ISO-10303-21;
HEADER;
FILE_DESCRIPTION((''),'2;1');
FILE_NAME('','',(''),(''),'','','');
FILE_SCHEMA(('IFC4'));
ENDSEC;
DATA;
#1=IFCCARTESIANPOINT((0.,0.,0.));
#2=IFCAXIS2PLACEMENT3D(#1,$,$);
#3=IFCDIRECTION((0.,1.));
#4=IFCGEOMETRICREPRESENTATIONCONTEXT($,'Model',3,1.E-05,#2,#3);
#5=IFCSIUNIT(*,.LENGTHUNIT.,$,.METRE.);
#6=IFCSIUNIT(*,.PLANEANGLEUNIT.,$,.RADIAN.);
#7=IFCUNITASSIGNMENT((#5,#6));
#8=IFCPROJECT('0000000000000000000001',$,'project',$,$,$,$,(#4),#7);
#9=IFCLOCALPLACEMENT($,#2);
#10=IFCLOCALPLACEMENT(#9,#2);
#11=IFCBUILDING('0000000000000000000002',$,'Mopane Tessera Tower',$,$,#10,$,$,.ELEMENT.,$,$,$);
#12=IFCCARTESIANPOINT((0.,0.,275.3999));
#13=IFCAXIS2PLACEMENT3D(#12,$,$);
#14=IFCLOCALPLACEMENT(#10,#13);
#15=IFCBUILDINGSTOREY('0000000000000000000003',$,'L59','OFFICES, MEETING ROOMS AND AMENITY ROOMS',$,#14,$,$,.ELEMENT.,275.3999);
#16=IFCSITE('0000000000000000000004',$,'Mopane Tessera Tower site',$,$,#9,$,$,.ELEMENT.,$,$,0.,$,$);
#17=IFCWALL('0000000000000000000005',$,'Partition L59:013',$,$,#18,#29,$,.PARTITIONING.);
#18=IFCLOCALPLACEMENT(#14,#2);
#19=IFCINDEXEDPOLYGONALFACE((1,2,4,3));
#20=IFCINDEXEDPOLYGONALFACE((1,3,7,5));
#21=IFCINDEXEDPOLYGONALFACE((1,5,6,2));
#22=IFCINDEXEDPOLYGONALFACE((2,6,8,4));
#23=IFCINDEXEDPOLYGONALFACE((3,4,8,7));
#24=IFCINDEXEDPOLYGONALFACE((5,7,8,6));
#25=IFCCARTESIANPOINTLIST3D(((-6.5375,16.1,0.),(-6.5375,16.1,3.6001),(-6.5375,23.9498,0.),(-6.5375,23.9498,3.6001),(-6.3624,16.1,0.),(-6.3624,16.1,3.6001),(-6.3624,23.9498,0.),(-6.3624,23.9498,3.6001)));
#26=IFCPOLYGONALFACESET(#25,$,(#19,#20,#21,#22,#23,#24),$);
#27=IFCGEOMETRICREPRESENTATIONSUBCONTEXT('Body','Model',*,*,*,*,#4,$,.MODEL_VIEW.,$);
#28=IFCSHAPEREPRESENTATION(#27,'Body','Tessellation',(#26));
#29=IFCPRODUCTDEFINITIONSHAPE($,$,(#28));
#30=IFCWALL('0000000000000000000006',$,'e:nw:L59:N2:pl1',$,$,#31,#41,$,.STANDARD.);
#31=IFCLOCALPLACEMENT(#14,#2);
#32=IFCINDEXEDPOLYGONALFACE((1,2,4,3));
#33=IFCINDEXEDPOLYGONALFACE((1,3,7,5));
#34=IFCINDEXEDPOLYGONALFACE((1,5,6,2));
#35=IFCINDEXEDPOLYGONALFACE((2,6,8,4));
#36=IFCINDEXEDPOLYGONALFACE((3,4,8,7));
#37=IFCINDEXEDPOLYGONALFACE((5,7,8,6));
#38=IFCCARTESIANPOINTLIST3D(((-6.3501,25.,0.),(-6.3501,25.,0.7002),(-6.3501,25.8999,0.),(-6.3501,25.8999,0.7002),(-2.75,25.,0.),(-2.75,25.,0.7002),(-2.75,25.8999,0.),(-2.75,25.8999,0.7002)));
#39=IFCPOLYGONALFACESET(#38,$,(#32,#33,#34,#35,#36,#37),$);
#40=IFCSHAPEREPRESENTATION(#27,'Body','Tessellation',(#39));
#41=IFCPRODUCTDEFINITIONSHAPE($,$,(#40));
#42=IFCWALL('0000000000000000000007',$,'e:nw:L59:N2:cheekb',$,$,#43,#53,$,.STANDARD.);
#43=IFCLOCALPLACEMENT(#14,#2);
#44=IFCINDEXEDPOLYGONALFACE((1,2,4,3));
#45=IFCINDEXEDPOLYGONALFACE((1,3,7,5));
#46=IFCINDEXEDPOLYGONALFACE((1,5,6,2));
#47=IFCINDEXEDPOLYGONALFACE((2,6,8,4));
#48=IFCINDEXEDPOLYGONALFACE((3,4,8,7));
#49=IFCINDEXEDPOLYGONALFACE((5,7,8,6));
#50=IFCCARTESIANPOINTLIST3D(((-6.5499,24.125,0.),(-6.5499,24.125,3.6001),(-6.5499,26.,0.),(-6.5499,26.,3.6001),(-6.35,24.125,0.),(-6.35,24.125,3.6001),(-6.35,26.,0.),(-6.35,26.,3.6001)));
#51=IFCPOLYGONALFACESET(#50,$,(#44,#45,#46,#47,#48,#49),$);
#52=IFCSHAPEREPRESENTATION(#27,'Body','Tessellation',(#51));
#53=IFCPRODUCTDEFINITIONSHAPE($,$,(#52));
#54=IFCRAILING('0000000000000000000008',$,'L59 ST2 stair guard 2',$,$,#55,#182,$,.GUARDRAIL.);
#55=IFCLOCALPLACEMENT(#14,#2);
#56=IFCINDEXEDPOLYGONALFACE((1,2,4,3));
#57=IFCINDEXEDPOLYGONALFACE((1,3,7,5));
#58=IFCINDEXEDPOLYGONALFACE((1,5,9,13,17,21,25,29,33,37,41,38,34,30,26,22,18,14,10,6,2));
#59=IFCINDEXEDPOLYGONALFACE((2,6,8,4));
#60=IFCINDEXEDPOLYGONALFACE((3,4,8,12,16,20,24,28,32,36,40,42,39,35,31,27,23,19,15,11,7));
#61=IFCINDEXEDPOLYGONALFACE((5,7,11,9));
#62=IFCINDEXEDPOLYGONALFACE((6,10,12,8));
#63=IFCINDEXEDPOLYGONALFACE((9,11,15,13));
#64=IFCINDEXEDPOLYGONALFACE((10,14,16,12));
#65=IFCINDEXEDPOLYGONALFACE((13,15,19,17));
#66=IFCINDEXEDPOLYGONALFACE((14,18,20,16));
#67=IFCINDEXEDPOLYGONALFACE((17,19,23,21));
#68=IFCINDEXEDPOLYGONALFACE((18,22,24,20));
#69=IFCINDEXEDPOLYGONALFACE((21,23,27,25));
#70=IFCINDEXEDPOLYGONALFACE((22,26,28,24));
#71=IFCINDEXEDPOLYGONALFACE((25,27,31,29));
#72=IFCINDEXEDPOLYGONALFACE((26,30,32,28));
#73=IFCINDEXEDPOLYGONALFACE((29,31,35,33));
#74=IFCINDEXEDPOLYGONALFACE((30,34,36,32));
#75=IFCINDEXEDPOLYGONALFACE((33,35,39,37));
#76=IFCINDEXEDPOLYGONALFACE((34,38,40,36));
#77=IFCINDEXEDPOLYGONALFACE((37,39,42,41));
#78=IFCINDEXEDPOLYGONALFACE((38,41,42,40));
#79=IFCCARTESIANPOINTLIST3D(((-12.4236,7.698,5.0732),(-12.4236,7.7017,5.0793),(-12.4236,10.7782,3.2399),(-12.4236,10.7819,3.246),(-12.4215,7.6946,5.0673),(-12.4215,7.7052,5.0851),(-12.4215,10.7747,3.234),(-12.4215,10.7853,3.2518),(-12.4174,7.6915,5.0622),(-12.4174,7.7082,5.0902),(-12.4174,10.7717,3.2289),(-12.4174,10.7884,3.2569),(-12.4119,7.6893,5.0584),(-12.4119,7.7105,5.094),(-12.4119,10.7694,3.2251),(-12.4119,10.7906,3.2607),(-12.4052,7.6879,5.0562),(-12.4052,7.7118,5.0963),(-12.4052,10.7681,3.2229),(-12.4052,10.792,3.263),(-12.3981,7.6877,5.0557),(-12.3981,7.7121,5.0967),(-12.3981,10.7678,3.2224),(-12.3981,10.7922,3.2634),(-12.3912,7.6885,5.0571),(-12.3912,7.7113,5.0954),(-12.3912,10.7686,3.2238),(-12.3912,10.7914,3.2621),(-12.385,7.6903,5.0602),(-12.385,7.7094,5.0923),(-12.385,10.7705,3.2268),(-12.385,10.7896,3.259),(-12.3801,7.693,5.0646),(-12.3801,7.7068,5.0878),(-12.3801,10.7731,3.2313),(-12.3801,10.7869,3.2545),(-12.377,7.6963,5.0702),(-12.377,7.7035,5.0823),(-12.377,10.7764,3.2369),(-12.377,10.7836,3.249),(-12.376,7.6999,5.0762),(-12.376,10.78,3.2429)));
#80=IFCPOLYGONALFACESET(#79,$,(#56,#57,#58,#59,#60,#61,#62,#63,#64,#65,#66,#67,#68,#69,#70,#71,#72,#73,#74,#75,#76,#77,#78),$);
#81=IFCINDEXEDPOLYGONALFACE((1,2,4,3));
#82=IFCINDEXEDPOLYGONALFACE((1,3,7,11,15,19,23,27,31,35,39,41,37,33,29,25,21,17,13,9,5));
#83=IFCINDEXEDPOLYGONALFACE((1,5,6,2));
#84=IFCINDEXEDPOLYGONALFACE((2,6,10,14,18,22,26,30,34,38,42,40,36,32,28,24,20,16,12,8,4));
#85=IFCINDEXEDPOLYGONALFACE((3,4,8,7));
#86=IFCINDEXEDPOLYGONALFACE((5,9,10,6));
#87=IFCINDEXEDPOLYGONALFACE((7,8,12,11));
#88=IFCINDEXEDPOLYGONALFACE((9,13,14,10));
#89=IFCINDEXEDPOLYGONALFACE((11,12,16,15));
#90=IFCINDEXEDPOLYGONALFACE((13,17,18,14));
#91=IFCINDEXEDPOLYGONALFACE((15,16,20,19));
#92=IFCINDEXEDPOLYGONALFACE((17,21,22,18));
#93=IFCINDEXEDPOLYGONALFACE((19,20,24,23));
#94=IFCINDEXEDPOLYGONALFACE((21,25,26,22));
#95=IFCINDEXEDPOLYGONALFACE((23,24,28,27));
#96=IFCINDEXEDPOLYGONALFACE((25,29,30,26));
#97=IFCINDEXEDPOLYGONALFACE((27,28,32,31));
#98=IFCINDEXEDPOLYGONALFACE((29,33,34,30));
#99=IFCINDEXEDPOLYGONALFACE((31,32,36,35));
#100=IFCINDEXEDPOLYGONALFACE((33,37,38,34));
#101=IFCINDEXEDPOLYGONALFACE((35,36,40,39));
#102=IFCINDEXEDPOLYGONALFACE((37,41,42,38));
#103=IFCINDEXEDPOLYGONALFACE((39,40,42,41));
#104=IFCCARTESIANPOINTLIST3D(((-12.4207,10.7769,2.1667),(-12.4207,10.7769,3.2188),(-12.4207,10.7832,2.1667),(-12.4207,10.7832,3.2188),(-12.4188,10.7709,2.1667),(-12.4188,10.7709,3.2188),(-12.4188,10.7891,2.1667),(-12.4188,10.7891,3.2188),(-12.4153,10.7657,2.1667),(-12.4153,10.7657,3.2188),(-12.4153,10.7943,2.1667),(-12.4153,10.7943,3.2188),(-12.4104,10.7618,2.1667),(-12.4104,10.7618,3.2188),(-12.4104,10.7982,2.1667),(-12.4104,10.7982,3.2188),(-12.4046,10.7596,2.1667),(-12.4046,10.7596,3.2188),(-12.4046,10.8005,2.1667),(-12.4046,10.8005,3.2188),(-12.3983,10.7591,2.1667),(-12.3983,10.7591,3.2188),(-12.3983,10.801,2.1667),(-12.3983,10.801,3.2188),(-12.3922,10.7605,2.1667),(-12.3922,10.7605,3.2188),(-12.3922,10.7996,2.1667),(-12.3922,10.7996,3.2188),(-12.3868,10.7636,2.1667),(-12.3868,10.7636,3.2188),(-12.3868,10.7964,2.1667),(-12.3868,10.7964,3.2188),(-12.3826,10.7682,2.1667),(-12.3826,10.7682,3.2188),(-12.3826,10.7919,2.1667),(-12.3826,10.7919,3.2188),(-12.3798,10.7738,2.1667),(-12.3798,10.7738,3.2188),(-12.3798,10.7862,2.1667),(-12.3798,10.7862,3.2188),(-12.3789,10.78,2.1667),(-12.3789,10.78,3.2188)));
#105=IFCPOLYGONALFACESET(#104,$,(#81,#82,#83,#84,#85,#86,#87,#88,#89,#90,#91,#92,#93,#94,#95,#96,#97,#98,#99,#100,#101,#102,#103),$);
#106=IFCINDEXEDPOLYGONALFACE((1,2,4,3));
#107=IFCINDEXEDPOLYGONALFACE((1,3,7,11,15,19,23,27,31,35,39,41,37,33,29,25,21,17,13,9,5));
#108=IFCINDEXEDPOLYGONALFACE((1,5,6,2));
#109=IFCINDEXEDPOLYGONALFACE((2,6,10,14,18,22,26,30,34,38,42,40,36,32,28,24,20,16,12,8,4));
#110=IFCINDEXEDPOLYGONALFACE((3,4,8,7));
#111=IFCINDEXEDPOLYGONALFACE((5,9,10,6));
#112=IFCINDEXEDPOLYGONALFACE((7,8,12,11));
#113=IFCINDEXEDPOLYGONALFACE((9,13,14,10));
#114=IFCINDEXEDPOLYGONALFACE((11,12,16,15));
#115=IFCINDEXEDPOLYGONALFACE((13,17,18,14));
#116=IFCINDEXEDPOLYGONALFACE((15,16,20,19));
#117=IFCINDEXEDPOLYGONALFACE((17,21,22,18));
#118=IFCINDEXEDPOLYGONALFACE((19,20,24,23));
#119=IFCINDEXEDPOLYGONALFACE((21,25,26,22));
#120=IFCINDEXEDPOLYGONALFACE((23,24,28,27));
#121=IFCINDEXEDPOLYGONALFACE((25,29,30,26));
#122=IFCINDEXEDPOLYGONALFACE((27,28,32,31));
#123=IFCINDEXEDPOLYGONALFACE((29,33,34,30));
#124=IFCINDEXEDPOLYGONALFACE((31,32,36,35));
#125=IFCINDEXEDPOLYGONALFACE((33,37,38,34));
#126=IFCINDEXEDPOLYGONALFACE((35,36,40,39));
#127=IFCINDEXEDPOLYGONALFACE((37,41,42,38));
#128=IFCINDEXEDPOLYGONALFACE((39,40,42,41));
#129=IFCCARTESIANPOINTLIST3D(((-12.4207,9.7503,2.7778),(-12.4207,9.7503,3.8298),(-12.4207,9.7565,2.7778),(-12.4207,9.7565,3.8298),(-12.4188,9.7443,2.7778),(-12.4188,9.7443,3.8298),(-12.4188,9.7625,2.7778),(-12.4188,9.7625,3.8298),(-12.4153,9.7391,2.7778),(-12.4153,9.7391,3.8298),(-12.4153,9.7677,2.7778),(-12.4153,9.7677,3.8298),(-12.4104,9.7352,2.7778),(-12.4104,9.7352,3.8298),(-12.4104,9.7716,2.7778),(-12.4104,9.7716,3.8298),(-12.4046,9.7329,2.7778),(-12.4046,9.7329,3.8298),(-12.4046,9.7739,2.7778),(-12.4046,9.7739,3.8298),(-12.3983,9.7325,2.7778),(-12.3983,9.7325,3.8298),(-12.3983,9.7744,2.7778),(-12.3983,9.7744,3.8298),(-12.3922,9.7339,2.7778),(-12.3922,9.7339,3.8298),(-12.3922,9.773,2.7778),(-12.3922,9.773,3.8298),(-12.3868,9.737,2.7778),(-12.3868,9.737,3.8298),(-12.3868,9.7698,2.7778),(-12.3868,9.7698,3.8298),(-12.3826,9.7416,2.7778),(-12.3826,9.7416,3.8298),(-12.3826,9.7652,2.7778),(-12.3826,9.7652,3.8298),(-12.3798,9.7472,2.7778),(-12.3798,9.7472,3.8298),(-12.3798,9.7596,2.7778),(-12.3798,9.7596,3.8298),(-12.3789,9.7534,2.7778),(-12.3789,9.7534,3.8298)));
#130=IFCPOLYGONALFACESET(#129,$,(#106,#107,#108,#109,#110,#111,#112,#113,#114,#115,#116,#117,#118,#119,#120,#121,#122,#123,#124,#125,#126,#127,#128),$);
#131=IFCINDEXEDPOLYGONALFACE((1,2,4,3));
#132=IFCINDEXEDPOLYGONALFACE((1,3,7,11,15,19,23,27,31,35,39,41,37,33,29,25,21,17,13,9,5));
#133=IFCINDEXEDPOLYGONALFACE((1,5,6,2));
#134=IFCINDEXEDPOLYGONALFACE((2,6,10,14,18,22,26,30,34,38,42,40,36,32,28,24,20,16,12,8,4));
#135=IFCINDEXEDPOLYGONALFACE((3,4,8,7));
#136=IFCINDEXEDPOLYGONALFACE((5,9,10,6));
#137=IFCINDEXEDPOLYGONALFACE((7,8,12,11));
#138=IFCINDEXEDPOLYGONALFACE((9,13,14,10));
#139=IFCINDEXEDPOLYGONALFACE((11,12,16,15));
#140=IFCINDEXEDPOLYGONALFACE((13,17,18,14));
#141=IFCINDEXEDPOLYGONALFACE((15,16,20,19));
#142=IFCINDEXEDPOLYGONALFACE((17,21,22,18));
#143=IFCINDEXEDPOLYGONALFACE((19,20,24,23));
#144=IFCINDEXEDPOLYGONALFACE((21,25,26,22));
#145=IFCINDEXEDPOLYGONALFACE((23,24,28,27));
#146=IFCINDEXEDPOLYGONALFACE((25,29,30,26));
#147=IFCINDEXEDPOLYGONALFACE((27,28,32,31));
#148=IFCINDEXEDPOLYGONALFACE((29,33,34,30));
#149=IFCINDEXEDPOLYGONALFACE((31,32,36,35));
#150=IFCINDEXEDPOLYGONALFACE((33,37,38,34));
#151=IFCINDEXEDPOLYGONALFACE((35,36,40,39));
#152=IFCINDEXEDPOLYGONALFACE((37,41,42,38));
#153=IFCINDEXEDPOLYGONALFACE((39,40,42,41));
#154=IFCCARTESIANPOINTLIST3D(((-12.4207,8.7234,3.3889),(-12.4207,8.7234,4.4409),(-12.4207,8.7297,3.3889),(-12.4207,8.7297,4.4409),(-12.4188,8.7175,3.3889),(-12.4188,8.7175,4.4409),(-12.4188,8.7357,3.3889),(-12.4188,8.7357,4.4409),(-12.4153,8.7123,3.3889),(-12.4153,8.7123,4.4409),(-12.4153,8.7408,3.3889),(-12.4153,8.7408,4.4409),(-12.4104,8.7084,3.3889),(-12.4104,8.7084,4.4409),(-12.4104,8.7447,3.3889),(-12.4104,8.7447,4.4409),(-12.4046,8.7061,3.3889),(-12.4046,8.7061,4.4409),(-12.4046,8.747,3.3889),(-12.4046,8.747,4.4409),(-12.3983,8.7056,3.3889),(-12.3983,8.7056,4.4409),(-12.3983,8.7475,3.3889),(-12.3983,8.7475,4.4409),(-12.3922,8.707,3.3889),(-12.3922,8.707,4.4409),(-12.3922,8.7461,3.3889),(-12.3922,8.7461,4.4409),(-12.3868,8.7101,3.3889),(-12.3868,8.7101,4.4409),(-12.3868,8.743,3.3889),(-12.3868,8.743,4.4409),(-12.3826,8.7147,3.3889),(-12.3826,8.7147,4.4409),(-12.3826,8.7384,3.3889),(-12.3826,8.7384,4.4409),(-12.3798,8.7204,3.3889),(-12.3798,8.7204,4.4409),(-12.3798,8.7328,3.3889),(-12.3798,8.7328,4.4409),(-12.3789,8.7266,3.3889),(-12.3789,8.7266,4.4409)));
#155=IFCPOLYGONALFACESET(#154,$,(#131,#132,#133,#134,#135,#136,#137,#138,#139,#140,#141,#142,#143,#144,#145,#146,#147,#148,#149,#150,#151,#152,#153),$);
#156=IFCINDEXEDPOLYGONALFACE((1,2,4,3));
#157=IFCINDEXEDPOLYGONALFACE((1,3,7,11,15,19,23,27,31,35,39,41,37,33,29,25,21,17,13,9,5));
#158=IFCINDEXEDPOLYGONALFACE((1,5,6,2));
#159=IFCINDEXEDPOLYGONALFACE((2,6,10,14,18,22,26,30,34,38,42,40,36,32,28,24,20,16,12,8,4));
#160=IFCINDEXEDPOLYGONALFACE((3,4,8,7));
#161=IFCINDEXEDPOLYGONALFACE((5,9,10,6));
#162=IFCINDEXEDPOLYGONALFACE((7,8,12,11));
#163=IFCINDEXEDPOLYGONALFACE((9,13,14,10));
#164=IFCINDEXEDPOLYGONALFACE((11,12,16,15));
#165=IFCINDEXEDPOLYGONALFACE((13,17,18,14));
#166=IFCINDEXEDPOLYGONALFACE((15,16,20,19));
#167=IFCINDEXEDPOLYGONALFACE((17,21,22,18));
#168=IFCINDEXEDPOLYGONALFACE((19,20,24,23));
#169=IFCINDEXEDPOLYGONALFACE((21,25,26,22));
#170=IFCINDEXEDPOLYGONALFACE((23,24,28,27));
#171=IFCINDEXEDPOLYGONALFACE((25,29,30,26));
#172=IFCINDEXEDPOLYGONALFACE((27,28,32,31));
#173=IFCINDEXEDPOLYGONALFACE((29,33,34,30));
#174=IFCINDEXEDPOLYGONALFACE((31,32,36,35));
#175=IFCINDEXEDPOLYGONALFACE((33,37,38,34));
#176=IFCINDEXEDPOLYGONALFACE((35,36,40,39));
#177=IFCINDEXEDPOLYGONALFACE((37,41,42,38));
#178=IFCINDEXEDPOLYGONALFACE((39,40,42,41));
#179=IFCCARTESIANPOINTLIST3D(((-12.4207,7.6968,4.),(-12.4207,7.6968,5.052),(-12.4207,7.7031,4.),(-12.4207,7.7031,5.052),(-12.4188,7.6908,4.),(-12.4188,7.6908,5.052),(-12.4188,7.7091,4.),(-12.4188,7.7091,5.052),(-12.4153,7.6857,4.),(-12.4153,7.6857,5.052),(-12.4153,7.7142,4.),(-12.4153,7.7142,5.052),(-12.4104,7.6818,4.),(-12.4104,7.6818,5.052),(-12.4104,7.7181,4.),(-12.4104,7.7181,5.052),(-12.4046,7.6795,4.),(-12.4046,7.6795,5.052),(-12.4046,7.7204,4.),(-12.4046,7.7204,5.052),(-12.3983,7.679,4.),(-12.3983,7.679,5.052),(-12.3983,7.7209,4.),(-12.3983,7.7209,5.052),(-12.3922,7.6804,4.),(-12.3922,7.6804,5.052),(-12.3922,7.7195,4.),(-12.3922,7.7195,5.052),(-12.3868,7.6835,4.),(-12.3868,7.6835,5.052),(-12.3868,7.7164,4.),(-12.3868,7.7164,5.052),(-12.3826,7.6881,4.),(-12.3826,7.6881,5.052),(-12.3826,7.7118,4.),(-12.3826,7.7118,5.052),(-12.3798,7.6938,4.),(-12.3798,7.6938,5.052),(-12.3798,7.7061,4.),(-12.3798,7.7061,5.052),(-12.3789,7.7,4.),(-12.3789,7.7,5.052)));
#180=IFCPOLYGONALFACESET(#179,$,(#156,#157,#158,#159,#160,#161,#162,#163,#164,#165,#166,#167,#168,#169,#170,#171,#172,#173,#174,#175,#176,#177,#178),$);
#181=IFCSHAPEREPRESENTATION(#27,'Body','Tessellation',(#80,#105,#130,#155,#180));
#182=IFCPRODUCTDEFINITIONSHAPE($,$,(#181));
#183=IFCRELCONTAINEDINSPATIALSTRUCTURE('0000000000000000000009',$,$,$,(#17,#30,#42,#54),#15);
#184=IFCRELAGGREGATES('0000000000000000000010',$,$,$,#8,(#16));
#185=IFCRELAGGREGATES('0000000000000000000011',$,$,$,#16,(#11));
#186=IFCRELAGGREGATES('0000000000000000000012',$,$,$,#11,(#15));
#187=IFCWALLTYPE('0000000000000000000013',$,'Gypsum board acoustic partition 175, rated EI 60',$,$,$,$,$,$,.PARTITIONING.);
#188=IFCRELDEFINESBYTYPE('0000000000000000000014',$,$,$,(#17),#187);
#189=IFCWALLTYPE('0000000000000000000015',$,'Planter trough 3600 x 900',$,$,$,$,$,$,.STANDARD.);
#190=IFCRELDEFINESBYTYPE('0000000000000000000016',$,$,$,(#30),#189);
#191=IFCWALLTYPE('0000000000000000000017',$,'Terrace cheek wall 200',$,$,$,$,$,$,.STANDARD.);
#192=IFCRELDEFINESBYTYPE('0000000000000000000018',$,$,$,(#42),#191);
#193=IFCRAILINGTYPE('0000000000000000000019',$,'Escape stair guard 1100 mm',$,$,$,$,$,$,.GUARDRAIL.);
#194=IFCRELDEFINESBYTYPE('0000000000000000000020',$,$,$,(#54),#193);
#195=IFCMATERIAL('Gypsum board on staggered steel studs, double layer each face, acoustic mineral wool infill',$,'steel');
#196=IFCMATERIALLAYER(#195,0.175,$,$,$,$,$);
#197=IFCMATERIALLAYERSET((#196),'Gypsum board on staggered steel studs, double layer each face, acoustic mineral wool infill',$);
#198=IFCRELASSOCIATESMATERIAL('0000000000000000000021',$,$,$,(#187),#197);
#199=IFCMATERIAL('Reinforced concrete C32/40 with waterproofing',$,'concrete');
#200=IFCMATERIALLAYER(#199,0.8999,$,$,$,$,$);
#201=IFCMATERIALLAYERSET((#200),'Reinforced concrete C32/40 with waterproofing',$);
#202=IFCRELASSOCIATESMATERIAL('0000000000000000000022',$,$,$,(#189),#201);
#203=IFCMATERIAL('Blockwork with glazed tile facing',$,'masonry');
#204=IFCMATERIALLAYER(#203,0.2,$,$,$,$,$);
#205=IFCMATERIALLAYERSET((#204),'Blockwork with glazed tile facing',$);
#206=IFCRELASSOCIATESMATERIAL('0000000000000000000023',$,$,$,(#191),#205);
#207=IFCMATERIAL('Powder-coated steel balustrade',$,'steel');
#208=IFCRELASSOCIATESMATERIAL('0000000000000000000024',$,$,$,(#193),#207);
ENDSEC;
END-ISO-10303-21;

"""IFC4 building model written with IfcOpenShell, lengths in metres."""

from ifc_helpers import new_model, si_unit, direction, frame, frame_2d, origin, origin_2d, place, context, subcontext, project, spatial, rectangle, circle, extrude, material, layer, layer_set, type_object, element, save


model = new_model("IFC4")

# Units and contexts
model_context = context("Model", 3, precision=1e-05, world=origin(), true_north=direction((0.0, 1.0)))
body_context = subcontext(model_context, "Body", "Model", "MODEL_VIEW")
ifc_project = project(units=[si_unit("LENGTHUNIT", "METRE"), si_unit("PLANEANGLEUNIT", "RADIAN")], contexts=[model_context])

# Site, building, storey
site_placement = place(None, origin())
site = spatial("IfcSite", under=ifc_project, at=site_placement, Name="Mopane Tessera Tower site", CompositionType="ELEMENT", RefElevation=0.0)
building_placement = place(site_placement, origin())
building = spatial("IfcBuilding", under=site, at=building_placement, Name="Mopane Tessera Tower", CompositionType="ELEMENT")
storey_placement = place(building_placement, frame((0.0, 0.0, 275.3999)))
storey = spatial("IfcBuildingStorey", under=building, at=storey_placement, Name="L59", Description="OFFICES, MEETING ROOMS AND AMENITY ROOMS", CompositionType="ELEMENT", Elevation=275.3999)

# Walls
ifc_material_1 = material(Name="Gypsum board on staggered steel studs, double layer each face, acoustic mineral wool infill", Category="steel")
ifc_layer_1 = layer(ifc_material_1, 0.175)
ifc_layer_set_1 = layer_set([ifc_layer_1], Name="Gypsum board on staggered steel studs, double layer each face, acoustic mineral wool infill")
wall_type_1 = type_object("IfcWallType", Name="Gypsum board acoustic partition 175, rated EI 60", PredefinedType="PARTITIONING", material=ifc_layer_set_1)
wall_1_placement = place(storey_placement, frame((-6.45, 16.1001, 0.0), z_axis=(0.0, 0.0, 1.0), x_axis=(0.0, 1.0, 0.0)))
element("IfcWall", 1, at=wall_1_placement, inside=storey, type_object=wall_type_1, Name="Partition L59:013", PredefinedType="PARTITIONING", context=body_context, shape_type="SweptSolid", body=[
    extrude(rectangle(XDim=7.8499, YDim=0.175, at=frame_2d((3.9248, 0.0))), origin(), (0.0, 0.0, 1.0), 3.6001),
])
ifc_material_2 = material(Name="Reinforced concrete C32/40 with waterproofing", Category="concrete")
ifc_layer_2 = layer(ifc_material_2, 0.8999)
ifc_layer_set_2 = layer_set([ifc_layer_2], Name="Reinforced concrete C32/40 with waterproofing")
wall_type_2 = type_object("IfcWallType", Name="Planter trough 3600 x 900", PredefinedType="STANDARD", material=ifc_layer_set_2)
wall_2_placement = place(storey_placement, frame((-2.75, 25.45, 0.0), z_axis=(0.0, 0.0, 1.0), x_axis=(-1.0, 0.0, 0.0)))
element("IfcWall", 2, at=wall_2_placement, inside=storey, type_object=wall_type_2, Name="e:nw:L59:N2:pl1", PredefinedType="STANDARD", context=body_context, shape_type="SweptSolid", body=[
    extrude(rectangle(XDim=3.6001, YDim=0.8999, at=frame_2d((1.8, 0.0))), origin(), (0.0, 0.0, 1.0), 0.7002),
])
ifc_material_3 = material(Name="Blockwork with glazed tile facing", Category="masonry")
ifc_layer_3 = layer(ifc_material_3, 0.2)
ifc_layer_set_3 = layer_set([ifc_layer_3], Name="Blockwork with glazed tile facing")
wall_type_3 = type_object("IfcWallType", Name="Terrace cheek wall 200", PredefinedType="STANDARD", material=ifc_layer_set_3)
wall_3_placement = place(storey_placement, frame((-6.45, 26.0, 0.0), z_axis=(0.0, 0.0, 1.0), x_axis=(0.0, -1.0, 0.0)))
element("IfcWall", 3, at=wall_3_placement, inside=storey, type_object=wall_type_3, Name="e:nw:L59:N2:cheekb", PredefinedType="STANDARD", context=body_context, shape_type="SweptSolid", body=[
    extrude(rectangle(XDim=1.875, YDim=0.2, at=frame_2d((0.9375, 0.0))), origin(), (0.0, 0.0, 1.0), 3.6001),
])

# Railing
ifc_material_4 = material(Name="Powder-coated steel balustrade", Category="steel")
railing_type = type_object("IfcRailingType", Name="Escape stair guard 1100 mm", PredefinedType="GUARDRAIL", material=ifc_material_4)
railing_placement = place(storey_placement, frame((-12.3999, 10.78, 2.1667)))
element("IfcRailing", 4, at=railing_placement, inside=storey, type_object=railing_type, Name="L59 ST2 stair guard 2", PredefinedType="GUARDRAIL", context=body_context, shape_type="SweptSolid", body=[
    extrude(circle(Radius=0.0239, at=origin_2d()), frame((0.0, 0.0, 1.0762), z_axis=(0.0, -0.859309, 0.511458), x_axis=(1.0, 0.0, 0.0)), (0.0, 0.0, 1.0), 3.5845),
    extrude(circle(Radius=0.021, at=origin_2d()), origin(), (0.0, 0.0, 1.0), 1.052),
    extrude(circle(Radius=0.021, at=origin_2d()), frame((0.0, -1.0266, 0.6111)), (0.0, 0.0, 1.0), 1.052),
    extrude(circle(Radius=0.021, at=origin_2d()), frame((0.0, -2.0535, 1.2222)), (0.0, 0.0, 1.0), 1.052),
    extrude(circle(Radius=0.021, at=origin_2d()), frame((0.0, -3.0801, 1.8333)), (0.0, 0.0, 1.0), 1.052),
])

save(model, "model.ifc")
